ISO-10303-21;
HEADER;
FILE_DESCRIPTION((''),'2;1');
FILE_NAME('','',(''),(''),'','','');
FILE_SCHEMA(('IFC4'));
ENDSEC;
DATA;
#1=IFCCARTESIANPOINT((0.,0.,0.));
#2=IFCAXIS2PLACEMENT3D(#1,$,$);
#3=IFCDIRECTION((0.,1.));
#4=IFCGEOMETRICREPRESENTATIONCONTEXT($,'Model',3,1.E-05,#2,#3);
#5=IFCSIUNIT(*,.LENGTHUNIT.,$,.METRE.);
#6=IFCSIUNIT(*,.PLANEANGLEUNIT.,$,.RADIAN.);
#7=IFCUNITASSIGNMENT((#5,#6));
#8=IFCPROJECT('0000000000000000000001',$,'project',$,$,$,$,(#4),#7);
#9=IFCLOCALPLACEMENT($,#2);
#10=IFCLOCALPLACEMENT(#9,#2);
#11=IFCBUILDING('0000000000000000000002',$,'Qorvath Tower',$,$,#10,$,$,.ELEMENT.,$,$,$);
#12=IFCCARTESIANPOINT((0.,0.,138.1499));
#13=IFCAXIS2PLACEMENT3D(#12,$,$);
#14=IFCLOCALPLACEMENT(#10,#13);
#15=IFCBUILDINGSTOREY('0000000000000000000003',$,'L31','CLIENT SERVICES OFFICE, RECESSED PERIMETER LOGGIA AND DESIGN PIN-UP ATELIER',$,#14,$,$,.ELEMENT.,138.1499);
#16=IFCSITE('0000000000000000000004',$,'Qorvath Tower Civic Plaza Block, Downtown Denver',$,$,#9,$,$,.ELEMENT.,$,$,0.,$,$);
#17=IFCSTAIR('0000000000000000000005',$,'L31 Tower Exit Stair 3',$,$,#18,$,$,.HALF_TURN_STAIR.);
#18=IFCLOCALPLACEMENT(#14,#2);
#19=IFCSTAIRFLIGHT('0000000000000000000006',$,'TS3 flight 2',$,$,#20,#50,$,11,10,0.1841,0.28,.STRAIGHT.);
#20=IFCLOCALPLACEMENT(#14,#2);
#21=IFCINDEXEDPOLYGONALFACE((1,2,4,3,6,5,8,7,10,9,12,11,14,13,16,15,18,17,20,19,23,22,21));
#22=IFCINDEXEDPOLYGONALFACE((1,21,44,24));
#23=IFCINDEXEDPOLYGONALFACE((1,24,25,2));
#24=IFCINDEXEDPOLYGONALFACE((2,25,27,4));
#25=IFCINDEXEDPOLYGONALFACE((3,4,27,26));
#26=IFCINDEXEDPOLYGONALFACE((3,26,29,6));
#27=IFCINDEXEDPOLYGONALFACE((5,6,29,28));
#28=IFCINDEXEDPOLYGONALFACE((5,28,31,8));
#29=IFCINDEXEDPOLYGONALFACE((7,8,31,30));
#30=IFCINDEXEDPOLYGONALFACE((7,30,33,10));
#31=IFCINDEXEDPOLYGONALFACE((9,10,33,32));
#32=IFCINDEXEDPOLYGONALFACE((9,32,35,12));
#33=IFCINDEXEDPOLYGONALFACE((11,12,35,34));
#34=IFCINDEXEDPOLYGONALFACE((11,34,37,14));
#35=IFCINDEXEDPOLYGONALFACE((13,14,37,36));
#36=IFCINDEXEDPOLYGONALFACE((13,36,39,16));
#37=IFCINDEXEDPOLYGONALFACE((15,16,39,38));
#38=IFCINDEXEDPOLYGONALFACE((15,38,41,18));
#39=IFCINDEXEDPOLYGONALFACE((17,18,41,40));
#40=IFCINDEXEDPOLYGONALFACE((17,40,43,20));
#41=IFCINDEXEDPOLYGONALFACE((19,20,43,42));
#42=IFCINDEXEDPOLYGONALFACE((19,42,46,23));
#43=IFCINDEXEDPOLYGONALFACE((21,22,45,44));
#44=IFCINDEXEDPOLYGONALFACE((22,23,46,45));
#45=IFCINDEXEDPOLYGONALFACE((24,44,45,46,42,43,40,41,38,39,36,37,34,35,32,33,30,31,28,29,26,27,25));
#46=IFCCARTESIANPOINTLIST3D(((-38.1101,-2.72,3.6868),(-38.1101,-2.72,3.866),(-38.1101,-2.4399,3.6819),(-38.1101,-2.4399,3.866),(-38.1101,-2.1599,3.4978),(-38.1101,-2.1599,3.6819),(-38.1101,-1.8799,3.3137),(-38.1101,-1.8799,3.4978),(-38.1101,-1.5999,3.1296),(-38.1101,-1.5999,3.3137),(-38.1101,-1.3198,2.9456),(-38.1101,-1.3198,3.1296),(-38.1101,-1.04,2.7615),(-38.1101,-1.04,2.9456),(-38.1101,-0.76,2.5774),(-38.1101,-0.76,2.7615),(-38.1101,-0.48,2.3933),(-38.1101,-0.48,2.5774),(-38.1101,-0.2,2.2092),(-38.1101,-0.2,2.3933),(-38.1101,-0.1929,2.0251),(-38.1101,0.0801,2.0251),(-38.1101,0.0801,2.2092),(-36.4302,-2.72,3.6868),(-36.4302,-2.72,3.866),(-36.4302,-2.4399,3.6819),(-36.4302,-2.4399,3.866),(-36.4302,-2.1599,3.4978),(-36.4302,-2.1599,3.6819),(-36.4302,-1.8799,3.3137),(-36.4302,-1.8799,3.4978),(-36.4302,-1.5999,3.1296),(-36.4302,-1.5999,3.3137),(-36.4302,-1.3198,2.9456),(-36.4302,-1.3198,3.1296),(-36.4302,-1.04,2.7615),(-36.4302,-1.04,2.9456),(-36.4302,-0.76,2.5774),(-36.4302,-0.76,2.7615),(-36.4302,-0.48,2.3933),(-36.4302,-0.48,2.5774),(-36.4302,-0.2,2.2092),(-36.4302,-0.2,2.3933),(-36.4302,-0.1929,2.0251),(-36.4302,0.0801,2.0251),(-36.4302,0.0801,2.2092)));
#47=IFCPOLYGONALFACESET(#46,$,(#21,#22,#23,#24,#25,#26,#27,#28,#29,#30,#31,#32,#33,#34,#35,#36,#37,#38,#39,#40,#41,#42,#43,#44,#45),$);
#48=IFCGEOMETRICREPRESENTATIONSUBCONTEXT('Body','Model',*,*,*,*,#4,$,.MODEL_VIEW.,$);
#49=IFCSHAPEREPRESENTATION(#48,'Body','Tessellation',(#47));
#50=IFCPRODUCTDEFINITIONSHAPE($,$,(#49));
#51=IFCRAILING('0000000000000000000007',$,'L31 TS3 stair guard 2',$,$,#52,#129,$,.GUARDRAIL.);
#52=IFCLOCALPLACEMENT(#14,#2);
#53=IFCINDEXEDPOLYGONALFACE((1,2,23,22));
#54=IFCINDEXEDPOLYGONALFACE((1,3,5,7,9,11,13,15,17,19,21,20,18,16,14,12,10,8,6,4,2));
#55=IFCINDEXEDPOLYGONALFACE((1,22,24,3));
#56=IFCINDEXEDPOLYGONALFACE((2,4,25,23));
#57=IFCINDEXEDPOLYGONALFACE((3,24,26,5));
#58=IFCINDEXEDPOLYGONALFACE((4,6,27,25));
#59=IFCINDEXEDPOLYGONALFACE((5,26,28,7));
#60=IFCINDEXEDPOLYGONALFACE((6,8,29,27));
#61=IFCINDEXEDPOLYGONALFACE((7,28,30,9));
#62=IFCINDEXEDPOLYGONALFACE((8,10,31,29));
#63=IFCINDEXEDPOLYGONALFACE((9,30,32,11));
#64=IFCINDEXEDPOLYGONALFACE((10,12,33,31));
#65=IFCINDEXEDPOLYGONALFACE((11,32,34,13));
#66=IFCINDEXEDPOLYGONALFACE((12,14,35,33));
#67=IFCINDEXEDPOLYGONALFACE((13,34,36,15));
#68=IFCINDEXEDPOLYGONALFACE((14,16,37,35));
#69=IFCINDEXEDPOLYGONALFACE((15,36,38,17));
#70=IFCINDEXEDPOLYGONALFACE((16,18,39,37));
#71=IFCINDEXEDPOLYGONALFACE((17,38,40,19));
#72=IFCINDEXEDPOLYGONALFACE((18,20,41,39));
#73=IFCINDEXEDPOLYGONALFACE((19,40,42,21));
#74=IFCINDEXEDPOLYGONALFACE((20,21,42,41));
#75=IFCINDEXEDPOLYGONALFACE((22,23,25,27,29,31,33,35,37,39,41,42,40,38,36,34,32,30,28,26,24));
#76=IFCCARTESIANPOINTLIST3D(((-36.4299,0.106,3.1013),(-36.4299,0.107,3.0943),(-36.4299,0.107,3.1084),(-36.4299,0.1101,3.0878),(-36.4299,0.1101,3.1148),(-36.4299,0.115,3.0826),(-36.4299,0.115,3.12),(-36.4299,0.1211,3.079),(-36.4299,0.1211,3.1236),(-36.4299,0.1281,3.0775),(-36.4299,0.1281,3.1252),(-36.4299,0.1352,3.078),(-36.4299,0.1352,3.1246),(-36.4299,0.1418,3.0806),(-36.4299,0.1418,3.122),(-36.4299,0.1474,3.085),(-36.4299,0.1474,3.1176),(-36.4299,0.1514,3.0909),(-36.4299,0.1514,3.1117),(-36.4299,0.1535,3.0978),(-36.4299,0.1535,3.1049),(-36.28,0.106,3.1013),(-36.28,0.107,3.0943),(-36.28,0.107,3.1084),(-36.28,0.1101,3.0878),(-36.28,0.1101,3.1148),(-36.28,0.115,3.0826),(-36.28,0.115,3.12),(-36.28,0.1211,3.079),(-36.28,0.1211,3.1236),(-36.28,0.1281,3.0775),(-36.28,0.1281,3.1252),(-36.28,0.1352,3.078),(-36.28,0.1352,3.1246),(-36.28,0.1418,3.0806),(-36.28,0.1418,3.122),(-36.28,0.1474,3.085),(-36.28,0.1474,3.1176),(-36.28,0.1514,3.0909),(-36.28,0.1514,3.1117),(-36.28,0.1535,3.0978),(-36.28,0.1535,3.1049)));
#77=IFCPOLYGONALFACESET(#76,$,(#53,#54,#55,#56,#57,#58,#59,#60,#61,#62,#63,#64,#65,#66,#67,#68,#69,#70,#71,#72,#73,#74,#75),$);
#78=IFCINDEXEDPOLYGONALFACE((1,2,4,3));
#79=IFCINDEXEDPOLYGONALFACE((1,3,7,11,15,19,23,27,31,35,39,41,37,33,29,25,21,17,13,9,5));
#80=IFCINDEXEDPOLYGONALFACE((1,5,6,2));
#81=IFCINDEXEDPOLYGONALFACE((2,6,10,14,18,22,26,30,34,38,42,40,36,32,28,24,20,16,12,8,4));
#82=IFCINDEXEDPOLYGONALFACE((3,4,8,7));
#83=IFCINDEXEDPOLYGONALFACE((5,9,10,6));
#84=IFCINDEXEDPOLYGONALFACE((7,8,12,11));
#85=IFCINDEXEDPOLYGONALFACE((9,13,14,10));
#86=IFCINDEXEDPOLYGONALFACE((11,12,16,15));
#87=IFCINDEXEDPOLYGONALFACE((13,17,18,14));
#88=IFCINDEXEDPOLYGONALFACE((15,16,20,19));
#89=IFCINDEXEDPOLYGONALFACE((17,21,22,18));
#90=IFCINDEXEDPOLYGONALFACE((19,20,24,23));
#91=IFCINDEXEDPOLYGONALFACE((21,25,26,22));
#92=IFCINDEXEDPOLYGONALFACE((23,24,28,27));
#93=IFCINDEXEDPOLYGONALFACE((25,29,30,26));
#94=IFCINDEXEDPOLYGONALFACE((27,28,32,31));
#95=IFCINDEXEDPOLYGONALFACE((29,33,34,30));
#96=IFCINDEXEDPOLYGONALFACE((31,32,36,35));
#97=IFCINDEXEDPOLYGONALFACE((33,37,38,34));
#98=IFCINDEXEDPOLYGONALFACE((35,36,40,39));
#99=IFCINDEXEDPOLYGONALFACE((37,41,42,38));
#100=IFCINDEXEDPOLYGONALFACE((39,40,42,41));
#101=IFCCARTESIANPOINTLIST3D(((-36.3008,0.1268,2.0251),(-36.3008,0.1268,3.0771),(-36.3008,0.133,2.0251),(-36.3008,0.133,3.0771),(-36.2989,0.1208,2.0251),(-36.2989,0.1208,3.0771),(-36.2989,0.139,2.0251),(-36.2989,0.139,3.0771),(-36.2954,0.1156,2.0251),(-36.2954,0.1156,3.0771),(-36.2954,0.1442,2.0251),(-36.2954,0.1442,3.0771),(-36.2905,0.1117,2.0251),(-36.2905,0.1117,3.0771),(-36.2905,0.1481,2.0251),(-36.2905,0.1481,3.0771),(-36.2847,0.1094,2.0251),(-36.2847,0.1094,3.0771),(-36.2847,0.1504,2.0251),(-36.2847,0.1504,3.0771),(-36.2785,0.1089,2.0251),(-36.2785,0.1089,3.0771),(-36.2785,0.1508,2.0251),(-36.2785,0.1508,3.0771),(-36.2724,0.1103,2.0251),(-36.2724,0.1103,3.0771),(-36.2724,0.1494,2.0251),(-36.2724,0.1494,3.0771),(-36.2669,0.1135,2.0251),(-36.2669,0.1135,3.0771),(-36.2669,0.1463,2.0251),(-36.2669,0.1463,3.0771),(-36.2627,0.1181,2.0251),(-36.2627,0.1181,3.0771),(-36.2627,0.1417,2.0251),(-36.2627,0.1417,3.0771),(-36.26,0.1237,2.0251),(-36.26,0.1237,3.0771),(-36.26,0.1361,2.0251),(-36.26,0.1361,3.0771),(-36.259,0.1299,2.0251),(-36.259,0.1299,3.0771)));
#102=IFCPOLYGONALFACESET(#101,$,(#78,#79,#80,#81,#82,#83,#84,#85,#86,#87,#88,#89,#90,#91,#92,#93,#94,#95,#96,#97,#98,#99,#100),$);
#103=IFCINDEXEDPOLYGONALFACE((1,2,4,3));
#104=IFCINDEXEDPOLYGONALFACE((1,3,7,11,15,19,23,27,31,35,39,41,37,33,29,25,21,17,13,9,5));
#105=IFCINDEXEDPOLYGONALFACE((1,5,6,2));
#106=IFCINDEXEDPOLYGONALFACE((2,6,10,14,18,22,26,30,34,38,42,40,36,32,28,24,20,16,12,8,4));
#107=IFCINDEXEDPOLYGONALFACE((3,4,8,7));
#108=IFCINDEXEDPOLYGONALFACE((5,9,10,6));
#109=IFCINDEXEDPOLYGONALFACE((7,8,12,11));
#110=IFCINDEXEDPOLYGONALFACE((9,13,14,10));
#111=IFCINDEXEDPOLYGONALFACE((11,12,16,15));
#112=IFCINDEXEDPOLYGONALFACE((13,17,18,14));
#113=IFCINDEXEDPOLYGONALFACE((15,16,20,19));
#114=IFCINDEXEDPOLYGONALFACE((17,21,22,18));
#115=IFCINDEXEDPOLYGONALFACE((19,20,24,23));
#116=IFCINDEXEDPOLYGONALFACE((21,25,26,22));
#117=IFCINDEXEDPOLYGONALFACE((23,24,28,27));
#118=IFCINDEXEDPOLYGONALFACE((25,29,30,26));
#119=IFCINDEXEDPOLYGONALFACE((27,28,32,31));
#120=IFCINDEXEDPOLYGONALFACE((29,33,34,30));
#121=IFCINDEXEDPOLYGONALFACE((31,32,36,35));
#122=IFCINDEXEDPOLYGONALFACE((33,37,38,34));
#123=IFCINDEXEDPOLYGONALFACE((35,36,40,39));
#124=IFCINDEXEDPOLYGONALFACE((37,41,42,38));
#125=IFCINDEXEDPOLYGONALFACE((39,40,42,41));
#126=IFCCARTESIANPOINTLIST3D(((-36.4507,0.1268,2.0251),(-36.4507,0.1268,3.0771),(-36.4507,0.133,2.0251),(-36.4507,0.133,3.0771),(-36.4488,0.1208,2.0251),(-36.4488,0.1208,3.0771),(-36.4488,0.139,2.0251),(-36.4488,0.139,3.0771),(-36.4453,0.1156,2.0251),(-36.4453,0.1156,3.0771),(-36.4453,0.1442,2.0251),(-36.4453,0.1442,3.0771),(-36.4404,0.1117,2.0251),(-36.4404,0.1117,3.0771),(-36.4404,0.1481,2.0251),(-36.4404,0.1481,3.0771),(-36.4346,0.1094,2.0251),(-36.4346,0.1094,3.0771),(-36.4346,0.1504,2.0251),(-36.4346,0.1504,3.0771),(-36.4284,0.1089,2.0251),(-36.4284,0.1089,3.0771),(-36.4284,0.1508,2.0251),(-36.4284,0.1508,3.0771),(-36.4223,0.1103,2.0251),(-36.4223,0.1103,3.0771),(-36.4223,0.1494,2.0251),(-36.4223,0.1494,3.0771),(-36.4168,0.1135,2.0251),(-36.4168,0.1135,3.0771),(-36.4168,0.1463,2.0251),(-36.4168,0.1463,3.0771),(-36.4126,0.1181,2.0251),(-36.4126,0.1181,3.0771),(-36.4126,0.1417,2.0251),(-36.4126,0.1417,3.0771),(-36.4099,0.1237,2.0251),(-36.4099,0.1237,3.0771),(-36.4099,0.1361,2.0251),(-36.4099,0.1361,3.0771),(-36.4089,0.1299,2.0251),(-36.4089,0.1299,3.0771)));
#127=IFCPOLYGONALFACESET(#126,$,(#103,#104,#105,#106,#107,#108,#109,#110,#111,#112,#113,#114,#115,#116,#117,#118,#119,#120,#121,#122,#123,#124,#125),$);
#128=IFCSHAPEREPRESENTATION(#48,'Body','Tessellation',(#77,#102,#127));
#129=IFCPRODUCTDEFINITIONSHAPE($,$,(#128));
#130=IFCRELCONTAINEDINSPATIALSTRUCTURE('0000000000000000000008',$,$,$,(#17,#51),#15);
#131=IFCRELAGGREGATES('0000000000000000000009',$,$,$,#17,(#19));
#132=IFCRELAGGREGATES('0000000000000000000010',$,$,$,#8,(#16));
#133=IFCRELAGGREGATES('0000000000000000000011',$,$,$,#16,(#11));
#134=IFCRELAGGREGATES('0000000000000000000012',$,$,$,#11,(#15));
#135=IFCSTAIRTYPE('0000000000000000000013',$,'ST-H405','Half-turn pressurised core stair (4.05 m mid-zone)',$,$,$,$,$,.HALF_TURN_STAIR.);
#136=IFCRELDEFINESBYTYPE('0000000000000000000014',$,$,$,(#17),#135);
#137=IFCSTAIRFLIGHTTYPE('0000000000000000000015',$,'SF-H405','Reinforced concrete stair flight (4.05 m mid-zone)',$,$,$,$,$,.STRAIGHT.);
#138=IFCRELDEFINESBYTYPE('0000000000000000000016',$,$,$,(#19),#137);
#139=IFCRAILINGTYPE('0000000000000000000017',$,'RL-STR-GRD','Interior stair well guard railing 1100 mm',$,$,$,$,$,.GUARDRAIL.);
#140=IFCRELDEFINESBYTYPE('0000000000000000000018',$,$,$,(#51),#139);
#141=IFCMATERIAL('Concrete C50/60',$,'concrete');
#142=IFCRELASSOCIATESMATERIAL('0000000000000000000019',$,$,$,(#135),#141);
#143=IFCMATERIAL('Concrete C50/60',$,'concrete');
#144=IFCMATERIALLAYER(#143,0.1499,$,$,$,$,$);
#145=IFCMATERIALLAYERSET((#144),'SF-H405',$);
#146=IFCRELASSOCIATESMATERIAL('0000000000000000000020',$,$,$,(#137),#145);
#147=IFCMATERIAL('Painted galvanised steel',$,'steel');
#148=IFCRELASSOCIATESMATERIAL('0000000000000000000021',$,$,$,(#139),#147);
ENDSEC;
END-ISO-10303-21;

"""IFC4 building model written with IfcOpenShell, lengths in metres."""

from ifc_helpers import new_model, si_unit, direction, frame, origin, origin_2d, place, context, subcontext, project, spatial, polyline, circle, outline, extrude, material, layer, layer_set, type_object, element, aggregate, save


model = new_model("IFC4")

# Units and contexts
model_context = context("Model", 3, precision=1e-05, world=origin(), true_north=direction((0.0, 1.0)))
body_context = subcontext(model_context, "Body", "Model", "MODEL_VIEW")
ifc_project = project(units=[si_unit("LENGTHUNIT", "METRE"), si_unit("PLANEANGLEUNIT", "RADIAN")], contexts=[model_context])

# Site, building, storey
site_placement = place(None, origin())
site = spatial("IfcSite", under=ifc_project, at=site_placement, Name="Qorvath Tower Civic Plaza Block, Downtown Denver", CompositionType="ELEMENT", RefElevation=0.0)
building_placement = place(site_placement, origin())
building = spatial("IfcBuilding", under=site, at=building_placement, Name="Qorvath Tower", CompositionType="ELEMENT")
storey_placement = place(building_placement, frame((0.0, 0.0, 138.1499)))
storey = spatial("IfcBuildingStorey", under=building, at=storey_placement, Name="L31", Description="CLIENT SERVICES OFFICE, RECESSED PERIMETER LOGGIA AND DESIGN PIN-UP ATELIER", CompositionType="ELEMENT", Elevation=138.1499)

# Stair, stair flight
ifc_material_1 = material(Name="Concrete C50/60", Category="concrete")
stair_type = type_object("IfcStairType", Name="ST-H405", Description="Half-turn pressurised core stair (4.05 m mid-zone)", PredefinedType="HALF_TURN_STAIR", material=ifc_material_1)
stair_placement = place(storey_placement, origin())
stair = element("IfcStair", 1, at=stair_placement, inside=storey, type_object=stair_type, Name="L31 Tower Exit Stair 3", PredefinedType="HALF_TURN_STAIR")
ifc_material_2 = material(Name="Concrete C50/60", Category="concrete")
ifc_layer_1 = layer(ifc_material_2, 0.1499)
ifc_layer_set_1 = layer_set([ifc_layer_1], Name="SF-H405")
stair_flight_type = type_object("IfcStairFlightType", Name="SF-H405", Description="Reinforced concrete stair flight (4.05 m mid-zone)", PredefinedType="STRAIGHT", material=ifc_layer_set_1)
stair_flight_placement = place(storey_placement, frame((-37.27, 0.0801, 2.0251), z_axis=(0.0, 0.0, 1.0), x_axis=(0.0, -1.0, 0.0)))
stair_flight = element("IfcStairFlight", 2, at=stair_flight_placement, type_object=stair_flight_type, Name="TS3 flight 2", NumberOfRisers=11, NumberOfTreads=10, PredefinedType="STRAIGHT", RiserHeight=0.1841, TreadLength=0.28, context=body_context, shape_type="SweptSolid", body=[
    extrude(outline(polyline([(0.0, 0.0), (0.0, 0.1841), (0.28, 0.1841), (0.28, 0.3682), (0.5601, 0.3682), (0.5601, 0.5522), (0.8401, 0.5522), (0.8401, 0.7363), (1.1201, 0.7363), (1.1201, 0.9204), (1.3999, 0.9204), (1.3999, 1.1045), (1.6799, 1.1045), (1.6799, 1.2886), (1.96, 1.2886), (1.96, 1.4727), (2.24, 1.4727), (2.24, 1.6567), (2.52, 1.6567), (2.52, 1.8408), (2.8, 1.8408), (2.8, 2.0249), (2.8, 1.6616), (0.2729, 0.0), (0.0, 0.0)])), frame((0.0, 0.8398, 0.0), z_axis=(0.0, -1.0, 0.0), x_axis=(1.0, 0.0, 0.0)), (0.0, 0.0, 1.0), 1.6799),
])
aggregate(stair, [stair_flight])

# Railing
ifc_material_3 = material(Name="Painted galvanised steel", Category="steel")
railing_type_1 = type_object("IfcRailingType", Name="RL-STR-GRD", Description="Interior stair well guard railing 1100 mm", PredefinedType="GUARDRAIL", material=ifc_material_3)
railing_1_placement = place(storey_placement, frame((-36.28, 0.1299, 2.0251)))
element("IfcRailing", 3, at=railing_1_placement, inside=storey, type_object=railing_type_1, Name="L31 TS3 stair guard 2", PredefinedType="GUARDRAIL", context=body_context, shape_type="SweptSolid", body=[
    extrude(circle(Radius=0.0239, at=origin_2d()), frame((0.0, 0.0, 1.0762), z_axis=(-1.0, 0.0, 0.0), x_axis=(0.0, -1.0, 0.0)), (0.0, 0.0, 1.0), 0.1499),
    extrude(circle(Radius=0.021, at=origin_2d()), origin(), (0.0, 0.0, 1.0), 1.052),
    extrude(circle(Radius=0.021, at=origin_2d()), frame((-0.1499, 0.0, 0.0)), (0.0, 0.0, 1.0), 1.052),
])

save(model, "model.ifc")
